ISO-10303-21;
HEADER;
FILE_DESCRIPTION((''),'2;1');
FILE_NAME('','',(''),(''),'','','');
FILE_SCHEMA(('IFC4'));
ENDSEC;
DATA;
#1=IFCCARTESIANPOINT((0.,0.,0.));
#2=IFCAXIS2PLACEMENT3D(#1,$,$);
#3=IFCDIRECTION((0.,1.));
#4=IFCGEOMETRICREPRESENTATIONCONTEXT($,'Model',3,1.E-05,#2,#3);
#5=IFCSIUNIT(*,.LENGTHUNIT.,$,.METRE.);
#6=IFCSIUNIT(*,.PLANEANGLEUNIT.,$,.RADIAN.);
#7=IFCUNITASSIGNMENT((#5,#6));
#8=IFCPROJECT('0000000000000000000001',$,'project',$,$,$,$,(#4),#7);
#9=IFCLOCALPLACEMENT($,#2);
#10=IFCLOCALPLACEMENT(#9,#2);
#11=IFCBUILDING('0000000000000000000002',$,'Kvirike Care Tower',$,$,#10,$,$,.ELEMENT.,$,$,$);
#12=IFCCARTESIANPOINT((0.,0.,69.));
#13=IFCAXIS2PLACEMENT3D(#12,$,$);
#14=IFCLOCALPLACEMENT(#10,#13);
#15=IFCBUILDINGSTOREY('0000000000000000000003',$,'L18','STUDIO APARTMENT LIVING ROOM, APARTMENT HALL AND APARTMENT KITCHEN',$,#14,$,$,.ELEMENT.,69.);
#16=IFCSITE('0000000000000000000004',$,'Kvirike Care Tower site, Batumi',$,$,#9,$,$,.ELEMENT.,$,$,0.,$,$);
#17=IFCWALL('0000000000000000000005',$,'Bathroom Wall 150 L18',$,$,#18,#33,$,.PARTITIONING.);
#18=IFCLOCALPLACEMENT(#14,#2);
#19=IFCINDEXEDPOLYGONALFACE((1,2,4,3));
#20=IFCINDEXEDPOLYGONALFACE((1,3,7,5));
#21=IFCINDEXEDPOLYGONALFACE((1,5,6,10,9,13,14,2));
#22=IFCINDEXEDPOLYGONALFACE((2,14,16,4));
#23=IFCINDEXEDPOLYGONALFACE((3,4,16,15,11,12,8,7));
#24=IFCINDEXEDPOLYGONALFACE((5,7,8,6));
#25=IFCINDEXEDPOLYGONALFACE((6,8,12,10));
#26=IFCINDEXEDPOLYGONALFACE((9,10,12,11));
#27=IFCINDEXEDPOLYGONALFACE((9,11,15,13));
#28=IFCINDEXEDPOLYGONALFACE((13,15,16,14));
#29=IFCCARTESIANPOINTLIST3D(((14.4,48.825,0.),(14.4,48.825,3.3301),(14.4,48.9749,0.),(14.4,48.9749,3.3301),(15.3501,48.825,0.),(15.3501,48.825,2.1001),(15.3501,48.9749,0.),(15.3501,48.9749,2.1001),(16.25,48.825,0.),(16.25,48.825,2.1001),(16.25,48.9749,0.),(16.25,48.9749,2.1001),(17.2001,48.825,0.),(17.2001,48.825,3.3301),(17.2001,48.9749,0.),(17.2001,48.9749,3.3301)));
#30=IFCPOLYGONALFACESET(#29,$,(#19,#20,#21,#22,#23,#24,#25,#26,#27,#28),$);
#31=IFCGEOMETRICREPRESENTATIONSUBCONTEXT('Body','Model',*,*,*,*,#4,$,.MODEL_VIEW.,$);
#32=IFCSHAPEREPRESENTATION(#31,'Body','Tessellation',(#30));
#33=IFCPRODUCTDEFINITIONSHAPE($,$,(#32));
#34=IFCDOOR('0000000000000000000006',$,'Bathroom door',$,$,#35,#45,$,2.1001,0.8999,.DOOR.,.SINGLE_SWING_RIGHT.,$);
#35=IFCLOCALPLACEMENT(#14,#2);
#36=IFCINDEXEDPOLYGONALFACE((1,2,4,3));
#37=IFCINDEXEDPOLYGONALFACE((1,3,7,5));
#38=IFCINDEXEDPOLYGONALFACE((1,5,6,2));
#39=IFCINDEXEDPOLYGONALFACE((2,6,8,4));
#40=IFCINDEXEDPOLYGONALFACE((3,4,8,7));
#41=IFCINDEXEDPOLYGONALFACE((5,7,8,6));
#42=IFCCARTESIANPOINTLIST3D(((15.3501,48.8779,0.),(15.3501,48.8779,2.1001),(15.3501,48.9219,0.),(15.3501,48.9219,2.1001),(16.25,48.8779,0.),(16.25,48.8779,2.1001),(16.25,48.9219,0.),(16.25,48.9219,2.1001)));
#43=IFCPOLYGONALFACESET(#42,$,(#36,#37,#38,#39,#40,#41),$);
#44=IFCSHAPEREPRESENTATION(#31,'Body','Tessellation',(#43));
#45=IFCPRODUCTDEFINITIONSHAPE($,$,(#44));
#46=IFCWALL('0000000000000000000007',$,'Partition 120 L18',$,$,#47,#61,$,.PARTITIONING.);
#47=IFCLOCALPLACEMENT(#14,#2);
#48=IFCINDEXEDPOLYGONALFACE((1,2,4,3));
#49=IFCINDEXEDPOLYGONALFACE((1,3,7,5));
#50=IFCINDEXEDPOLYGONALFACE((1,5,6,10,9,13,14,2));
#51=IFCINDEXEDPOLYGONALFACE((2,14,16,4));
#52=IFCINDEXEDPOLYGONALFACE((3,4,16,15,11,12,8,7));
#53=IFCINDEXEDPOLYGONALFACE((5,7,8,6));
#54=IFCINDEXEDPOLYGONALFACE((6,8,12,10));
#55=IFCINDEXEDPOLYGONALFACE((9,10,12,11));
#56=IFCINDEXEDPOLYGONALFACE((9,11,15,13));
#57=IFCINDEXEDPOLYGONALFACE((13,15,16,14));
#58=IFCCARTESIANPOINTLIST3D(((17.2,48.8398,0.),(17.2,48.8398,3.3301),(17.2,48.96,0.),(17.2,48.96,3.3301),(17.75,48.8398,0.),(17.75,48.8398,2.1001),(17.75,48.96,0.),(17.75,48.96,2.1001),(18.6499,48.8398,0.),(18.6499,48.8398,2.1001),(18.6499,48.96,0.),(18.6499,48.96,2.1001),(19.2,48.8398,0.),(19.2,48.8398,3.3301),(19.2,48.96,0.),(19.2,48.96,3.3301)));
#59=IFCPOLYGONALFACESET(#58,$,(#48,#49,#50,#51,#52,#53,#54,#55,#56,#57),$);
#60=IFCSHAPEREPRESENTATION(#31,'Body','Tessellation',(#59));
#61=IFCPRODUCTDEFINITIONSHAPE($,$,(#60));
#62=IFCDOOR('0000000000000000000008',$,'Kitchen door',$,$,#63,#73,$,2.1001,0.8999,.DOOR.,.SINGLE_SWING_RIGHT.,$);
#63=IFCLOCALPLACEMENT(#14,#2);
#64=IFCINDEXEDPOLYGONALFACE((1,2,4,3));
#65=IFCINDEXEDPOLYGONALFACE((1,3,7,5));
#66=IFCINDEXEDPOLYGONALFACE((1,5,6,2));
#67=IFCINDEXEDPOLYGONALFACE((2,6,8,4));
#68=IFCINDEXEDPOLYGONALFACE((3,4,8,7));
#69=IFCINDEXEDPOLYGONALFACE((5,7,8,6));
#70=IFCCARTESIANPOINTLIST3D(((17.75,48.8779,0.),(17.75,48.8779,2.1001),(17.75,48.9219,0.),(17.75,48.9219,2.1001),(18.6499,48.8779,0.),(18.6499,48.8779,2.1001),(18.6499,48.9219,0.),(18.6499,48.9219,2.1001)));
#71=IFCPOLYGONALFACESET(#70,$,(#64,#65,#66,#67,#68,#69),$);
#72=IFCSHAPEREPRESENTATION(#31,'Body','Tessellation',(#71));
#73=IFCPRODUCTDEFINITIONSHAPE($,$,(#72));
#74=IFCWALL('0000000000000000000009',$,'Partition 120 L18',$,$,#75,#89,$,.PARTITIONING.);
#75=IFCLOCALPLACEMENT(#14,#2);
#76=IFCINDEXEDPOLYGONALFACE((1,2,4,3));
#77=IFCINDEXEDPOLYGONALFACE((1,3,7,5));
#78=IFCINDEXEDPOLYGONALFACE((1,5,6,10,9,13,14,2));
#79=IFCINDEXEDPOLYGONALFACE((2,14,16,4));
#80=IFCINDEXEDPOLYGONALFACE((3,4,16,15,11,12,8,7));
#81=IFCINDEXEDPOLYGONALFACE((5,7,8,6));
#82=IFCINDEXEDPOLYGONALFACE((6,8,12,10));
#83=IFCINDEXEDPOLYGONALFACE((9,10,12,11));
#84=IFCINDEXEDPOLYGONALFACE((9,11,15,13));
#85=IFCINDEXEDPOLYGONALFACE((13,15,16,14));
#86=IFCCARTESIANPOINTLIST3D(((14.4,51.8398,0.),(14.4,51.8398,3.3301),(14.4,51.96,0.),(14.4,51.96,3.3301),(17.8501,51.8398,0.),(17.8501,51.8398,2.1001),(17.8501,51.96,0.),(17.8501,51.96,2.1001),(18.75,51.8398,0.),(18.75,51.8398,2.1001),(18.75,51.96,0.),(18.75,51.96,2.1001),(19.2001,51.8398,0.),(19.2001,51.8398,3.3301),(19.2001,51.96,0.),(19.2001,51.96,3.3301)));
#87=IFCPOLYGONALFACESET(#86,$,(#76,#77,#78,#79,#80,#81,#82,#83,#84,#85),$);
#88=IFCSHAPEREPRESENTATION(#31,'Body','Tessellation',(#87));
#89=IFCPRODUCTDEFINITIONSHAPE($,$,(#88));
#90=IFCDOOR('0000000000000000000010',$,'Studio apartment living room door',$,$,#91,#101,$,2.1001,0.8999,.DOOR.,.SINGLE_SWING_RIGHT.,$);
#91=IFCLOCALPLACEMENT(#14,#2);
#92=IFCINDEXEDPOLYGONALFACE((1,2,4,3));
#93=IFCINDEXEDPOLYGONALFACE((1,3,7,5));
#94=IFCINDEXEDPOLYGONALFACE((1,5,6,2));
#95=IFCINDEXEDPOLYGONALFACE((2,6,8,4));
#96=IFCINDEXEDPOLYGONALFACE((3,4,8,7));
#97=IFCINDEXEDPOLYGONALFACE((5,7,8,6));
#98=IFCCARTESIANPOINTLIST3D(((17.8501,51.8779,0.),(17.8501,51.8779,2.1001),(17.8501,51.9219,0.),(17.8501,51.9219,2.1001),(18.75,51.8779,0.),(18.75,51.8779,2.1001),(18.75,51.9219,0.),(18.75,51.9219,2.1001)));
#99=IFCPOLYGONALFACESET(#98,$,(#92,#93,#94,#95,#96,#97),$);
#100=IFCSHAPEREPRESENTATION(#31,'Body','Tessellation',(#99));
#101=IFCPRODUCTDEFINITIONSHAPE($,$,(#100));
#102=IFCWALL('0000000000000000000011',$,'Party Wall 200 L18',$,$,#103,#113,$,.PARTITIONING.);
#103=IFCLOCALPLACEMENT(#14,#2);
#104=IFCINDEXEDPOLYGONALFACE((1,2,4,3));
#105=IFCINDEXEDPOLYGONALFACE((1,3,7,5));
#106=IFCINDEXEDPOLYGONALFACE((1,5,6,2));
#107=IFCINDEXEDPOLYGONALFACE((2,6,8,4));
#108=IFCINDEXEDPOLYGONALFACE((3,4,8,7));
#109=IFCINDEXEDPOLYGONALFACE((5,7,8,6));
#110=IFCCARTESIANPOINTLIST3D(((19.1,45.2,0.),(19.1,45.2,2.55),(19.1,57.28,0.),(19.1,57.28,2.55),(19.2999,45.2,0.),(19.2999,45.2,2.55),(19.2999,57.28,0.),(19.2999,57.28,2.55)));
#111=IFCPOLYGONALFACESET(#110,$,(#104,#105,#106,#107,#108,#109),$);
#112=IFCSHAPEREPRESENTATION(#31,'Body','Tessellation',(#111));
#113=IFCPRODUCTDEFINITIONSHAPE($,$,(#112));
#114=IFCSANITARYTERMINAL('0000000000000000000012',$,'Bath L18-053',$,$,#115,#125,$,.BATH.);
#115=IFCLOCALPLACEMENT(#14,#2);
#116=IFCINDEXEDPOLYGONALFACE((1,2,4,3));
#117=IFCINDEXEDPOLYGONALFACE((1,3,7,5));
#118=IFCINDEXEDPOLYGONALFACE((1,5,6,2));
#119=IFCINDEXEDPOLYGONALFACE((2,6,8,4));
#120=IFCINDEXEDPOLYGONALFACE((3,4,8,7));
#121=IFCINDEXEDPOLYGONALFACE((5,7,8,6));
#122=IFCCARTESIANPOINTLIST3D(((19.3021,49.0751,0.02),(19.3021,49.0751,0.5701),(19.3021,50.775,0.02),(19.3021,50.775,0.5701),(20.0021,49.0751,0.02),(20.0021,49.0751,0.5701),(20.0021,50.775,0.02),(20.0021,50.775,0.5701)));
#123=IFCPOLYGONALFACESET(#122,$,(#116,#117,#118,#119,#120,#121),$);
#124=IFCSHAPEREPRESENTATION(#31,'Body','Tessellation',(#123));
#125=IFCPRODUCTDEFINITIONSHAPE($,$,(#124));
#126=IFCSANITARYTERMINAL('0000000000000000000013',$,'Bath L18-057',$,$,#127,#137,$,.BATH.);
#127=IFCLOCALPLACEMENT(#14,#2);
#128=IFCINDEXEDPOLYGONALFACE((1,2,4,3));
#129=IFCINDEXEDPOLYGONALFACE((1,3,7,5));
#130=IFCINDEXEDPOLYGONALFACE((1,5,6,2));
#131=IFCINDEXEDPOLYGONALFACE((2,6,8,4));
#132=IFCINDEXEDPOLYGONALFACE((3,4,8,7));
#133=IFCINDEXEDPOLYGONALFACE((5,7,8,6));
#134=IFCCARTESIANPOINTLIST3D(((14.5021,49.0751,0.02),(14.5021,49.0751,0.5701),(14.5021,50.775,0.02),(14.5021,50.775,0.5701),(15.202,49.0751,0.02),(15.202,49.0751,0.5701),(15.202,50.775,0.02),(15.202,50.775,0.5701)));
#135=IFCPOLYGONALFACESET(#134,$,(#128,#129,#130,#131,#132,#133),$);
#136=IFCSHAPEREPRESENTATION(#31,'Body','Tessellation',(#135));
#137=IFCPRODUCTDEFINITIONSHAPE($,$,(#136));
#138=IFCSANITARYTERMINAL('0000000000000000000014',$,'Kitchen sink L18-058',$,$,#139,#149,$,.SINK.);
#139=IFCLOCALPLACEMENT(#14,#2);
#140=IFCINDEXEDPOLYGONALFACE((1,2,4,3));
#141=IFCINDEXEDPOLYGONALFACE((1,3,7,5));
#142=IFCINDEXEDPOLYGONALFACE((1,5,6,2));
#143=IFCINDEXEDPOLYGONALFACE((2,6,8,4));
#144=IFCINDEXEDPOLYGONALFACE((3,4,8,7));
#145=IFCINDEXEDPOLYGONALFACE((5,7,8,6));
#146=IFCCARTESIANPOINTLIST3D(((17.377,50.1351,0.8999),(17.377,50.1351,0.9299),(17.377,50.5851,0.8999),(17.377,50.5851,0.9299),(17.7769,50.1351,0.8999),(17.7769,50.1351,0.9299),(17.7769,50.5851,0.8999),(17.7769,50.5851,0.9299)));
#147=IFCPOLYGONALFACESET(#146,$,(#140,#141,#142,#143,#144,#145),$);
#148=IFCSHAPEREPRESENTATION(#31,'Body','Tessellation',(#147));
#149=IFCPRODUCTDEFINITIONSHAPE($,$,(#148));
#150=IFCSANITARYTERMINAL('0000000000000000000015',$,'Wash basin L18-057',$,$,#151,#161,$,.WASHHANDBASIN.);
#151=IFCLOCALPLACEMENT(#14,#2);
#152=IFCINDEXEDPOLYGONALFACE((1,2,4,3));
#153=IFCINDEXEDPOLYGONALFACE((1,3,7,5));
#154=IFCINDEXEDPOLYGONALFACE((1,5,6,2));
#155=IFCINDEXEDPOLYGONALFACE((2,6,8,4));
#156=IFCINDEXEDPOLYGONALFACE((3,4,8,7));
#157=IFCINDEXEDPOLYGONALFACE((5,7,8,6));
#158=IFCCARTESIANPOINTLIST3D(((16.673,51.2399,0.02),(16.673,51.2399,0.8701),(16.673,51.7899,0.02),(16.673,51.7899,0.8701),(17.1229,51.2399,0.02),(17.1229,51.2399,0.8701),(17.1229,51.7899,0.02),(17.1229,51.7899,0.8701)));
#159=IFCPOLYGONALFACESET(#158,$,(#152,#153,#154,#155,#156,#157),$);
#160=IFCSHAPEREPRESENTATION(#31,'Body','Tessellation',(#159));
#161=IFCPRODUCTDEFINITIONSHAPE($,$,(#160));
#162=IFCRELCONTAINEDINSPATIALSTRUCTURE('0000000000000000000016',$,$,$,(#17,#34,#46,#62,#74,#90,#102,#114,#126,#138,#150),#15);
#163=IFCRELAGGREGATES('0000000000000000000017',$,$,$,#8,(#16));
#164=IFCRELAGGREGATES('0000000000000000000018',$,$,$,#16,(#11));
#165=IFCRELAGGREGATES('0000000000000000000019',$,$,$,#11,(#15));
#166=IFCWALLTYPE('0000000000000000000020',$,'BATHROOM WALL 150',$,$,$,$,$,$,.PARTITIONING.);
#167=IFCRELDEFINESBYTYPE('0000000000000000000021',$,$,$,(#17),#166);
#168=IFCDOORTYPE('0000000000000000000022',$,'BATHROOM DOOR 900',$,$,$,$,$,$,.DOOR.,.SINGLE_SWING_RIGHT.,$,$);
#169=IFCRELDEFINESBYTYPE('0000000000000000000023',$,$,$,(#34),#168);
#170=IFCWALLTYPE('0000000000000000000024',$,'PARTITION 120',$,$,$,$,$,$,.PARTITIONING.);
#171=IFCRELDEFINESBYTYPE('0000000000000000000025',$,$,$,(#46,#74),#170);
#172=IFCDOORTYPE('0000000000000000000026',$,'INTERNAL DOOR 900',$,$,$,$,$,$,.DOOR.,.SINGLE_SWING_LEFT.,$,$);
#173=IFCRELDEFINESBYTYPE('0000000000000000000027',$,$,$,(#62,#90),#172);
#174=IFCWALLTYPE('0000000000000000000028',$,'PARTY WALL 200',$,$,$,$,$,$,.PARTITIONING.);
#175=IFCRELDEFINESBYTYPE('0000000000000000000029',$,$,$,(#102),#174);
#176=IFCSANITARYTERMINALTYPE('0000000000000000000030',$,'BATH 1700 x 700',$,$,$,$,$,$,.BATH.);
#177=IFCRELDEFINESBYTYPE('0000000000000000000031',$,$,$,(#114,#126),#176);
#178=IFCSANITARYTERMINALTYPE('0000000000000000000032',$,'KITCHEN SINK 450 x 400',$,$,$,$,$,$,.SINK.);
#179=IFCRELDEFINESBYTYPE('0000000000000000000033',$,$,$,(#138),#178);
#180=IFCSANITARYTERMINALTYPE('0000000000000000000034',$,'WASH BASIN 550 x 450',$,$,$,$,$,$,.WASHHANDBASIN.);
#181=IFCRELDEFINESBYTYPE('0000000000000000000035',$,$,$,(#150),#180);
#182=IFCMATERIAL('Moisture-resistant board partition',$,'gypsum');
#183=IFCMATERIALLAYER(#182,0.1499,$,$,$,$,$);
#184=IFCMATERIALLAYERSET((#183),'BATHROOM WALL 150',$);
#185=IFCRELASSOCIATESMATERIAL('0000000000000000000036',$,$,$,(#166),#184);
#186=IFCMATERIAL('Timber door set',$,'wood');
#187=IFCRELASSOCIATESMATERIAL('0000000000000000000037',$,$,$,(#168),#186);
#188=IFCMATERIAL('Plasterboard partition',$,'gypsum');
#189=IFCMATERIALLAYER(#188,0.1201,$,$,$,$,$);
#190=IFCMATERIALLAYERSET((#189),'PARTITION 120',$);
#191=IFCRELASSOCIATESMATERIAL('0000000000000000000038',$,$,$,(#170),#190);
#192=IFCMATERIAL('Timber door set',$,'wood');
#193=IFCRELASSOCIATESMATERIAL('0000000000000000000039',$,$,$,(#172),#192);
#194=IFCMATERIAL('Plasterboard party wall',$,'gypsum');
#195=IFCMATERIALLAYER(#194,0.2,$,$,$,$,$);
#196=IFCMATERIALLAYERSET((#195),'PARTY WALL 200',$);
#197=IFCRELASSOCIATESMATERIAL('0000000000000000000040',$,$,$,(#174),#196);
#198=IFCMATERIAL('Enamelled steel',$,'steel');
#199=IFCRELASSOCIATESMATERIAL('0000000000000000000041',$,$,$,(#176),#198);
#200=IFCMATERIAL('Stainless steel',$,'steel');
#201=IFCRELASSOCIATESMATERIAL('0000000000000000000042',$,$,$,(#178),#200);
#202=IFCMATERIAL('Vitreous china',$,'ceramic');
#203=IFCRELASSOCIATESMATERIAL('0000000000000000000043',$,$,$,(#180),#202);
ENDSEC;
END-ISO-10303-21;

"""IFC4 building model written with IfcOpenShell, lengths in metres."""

from ifc_helpers import new_model, si_unit, direction, frame, frame_2d, origin, origin_2d, place, context, subcontext, project, spatial, rectangle, extrude, material, layer, layer_set, type_object, element, fill, save


model = new_model("IFC4")

# Units and contexts
model_context = context("Model", 3, precision=1e-05, world=origin(), true_north=direction((0.0, 1.0)))
body_context = subcontext(model_context, "Body", "Model", "MODEL_VIEW")
ifc_project = project(units=[si_unit("LENGTHUNIT", "METRE"), si_unit("PLANEANGLEUNIT", "RADIAN")], contexts=[model_context])

# Site, building, storey
site_placement = place(None, origin())
site = spatial("IfcSite", under=ifc_project, at=site_placement, Name="Kvirike Care Tower site, Batumi", CompositionType="ELEMENT", RefElevation=0.0)
building_placement = place(site_placement, origin())
building = spatial("IfcBuilding", under=site, at=building_placement, Name="Kvirike Care Tower", CompositionType="ELEMENT")
storey_placement = place(building_placement, frame((0.0, 0.0, 69.0)))
storey = spatial("IfcBuildingStorey", under=building, at=storey_placement, Name="L18", Description="STUDIO APARTMENT LIVING ROOM, APARTMENT HALL AND APARTMENT KITCHEN", CompositionType="ELEMENT", Elevation=69.0)

# Shared definitions
ifc_material_1 = material(Name="Moisture-resistant board partition", Category="gypsum")
ifc_layer_1 = layer(ifc_material_1, 0.1499)
ifc_layer_set_1 = layer_set([ifc_layer_1], Name="BATHROOM WALL 150")
wall_type_1 = type_object("IfcWallType", Name="BATHROOM WALL 150", PredefinedType="PARTITIONING", material=ifc_layer_set_1)

# Walls, openings, doors
wall_1_placement = place(storey_placement, frame((17.2, 48.8999, 0.0), z_axis=(0.0, 0.0, 1.0), x_axis=(-1.0, 0.0, 0.0)))
wall_1 = element("IfcWall", 1, at=wall_1_placement, inside=storey, type_object=wall_type_1, Name="Bathroom Wall 150 L18", PredefinedType="PARTITIONING", context=body_context, shape_type="SweptSolid", body=[
    extrude(rectangle(XDim=2.8, YDim=0.1499, at=frame_2d((1.3999, 0.0))), origin(), (0.0, 0.0, 1.0), 3.3301),
])
opening_1_placement = place(wall_1_placement, frame((0.95, 0.0, 0.0)))
opening_1 = element("IfcOpeningElement", 2, at=opening_1_placement, cuts=wall_1, PredefinedType="OPENING", context=body_context, shape_type="SweptSolid", body=[
    extrude(rectangle(XDim=0.8999, YDim=2.1001, at=frame_2d((0.45, 1.05))), frame((0.0, 0.0854, 0.0), z_axis=(0.0, -1.0, 0.0), x_axis=(1.0, 0.0, 0.0)), (0.0, 0.0, 1.0), 0.1709),
])
ifc_material_2 = material(Name="Timber door set", Category="wood")
door_type_1 = type_object("IfcDoorType", Name="BATHROOM DOOR 900", OperationType="SINGLE_SWING_RIGHT", PredefinedType="DOOR", material=ifc_material_2)
door_1_placement = place(opening_1_placement, frame((0.8999, 0.0, 0.0), z_axis=(0.0, 0.0, 1.0), x_axis=(-1.0, 0.0, 0.0)))
door_1 = element("IfcDoor", 3, at=door_1_placement, inside=storey, type_object=door_type_1, Name="Bathroom door", OperationType="SINGLE_SWING_RIGHT", OverallHeight=2.1001, OverallWidth=0.8999, PredefinedType="DOOR", context=body_context, shape_type="SweptSolid", body=[
    extrude(rectangle(XDim=0.8999, YDim=2.1001, at=frame_2d((0.45, 1.05))), frame((0.0, 0.022, 0.0), z_axis=(0.0, -1.0, 0.0), x_axis=(1.0, 0.0, 0.0)), (0.0, 0.0, 1.0), 0.0439),
])
fill(opening_1, door_1)
ifc_material_3 = material(Name="Plasterboard partition", Category="gypsum")
ifc_layer_2 = layer(ifc_material_3, 0.1201)
ifc_layer_set_2 = layer_set([ifc_layer_2], Name="PARTITION 120")
wall_type_2 = type_object("IfcWallType", Name="PARTITION 120", PredefinedType="PARTITIONING", material=ifc_layer_set_2)
wall_2_placement = place(storey_placement, frame((19.2, 48.8999, 0.0), z_axis=(0.0, 0.0, 1.0), x_axis=(-1.0, 0.0, 0.0)))
wall_2 = element("IfcWall", 4, at=wall_2_placement, inside=storey, type_object=wall_type_2, Name="Partition 120 L18", PredefinedType="PARTITIONING", context=body_context, shape_type="SweptSolid", body=[
    extrude(rectangle(XDim=2.0, YDim=0.1201, at=frame_2d((1.0, 0.0))), origin(), (0.0, 0.0, 1.0), 3.3301),
])
opening_2_placement = place(wall_2_placement, frame((0.55, 0.0, 0.0)))
opening_2 = element("IfcOpeningElement", 5, at=opening_2_placement, cuts=wall_2, PredefinedType="OPENING", context=body_context, shape_type="SweptSolid", body=[
    extrude(rectangle(XDim=0.8999, YDim=2.1001, at=frame_2d((0.45, 1.05))), frame((0.0, 0.0706, 0.0), z_axis=(0.0, -1.0, 0.0), x_axis=(1.0, 0.0, 0.0)), (0.0, 0.0, 1.0), 0.1411),
])
ifc_material_4 = material(Name="Timber door set", Category="wood")
door_type_2 = type_object("IfcDoorType", Name="INTERNAL DOOR 900", OperationType="SINGLE_SWING_LEFT", PredefinedType="DOOR", material=ifc_material_4)
door_2_placement = place(opening_2_placement, frame((0.8999, 0.0, 0.0), z_axis=(0.0, 0.0, 1.0), x_axis=(-1.0, 0.0, 0.0)))
door_2 = element("IfcDoor", 6, at=door_2_placement, inside=storey, type_object=door_type_2, Name="Kitchen door", OperationType="SINGLE_SWING_RIGHT", OverallHeight=2.1001, OverallWidth=0.8999, PredefinedType="DOOR", context=body_context, shape_type="SweptSolid", body=[
    extrude(rectangle(XDim=0.8999, YDim=2.1001, at=frame_2d((0.45, 1.05))), frame((0.0, 0.022, 0.0), z_axis=(0.0, -1.0, 0.0), x_axis=(1.0, 0.0, 0.0)), (0.0, 0.0, 1.0), 0.0439),
])
fill(opening_2, door_2)
wall_3_placement = place(storey_placement, frame((19.2, 51.8999, 0.0), z_axis=(0.0, 0.0, 1.0), x_axis=(-1.0, 0.0, 0.0)))
wall_3 = element("IfcWall", 7, at=wall_3_placement, inside=storey, type_object=wall_type_2, Name="Partition 120 L18", PredefinedType="PARTITIONING", context=body_context, shape_type="SweptSolid", body=[
    extrude(rectangle(XDim=4.8, YDim=0.1201, at=frame_2d((2.3999, 0.0))), origin(), (0.0, 0.0, 1.0), 3.3301),
])
opening_3_placement = place(wall_3_placement, frame((0.45, 0.0, 0.0)))
opening_3 = element("IfcOpeningElement", 8, at=opening_3_placement, cuts=wall_3, PredefinedType="OPENING", context=body_context, shape_type="SweptSolid", body=[
    extrude(rectangle(XDim=0.8999, YDim=2.1001, at=frame_2d((0.45, 1.05))), frame((0.0, 0.0706, 0.0), z_axis=(0.0, -1.0, 0.0), x_axis=(1.0, 0.0, 0.0)), (0.0, 0.0, 1.0), 0.1411),
])
door_3_placement = place(opening_3_placement, origin())
door_3 = element("IfcDoor", 9, at=door_3_placement, inside=storey, type_object=door_type_2, Name="Studio apartment living room door", OperationType="SINGLE_SWING_RIGHT", OverallHeight=2.1001, OverallWidth=0.8999, PredefinedType="DOOR", context=body_context, shape_type="SweptSolid", body=[
    extrude(rectangle(XDim=0.8999, YDim=2.1001, at=frame_2d((0.45, 1.05))), frame((0.0, 0.022, 0.0), z_axis=(0.0, -1.0, 0.0), x_axis=(1.0, 0.0, 0.0)), (0.0, 0.0, 1.0), 0.0439),
])
fill(opening_3, door_3)

# Wall
ifc_material_5 = material(Name="Plasterboard party wall", Category="gypsum")
ifc_layer_3 = layer(ifc_material_5, 0.2)
ifc_layer_set_3 = layer_set([ifc_layer_3], Name="PARTY WALL 200")
wall_type_3 = type_object("IfcWallType", Name="PARTY WALL 200", PredefinedType="PARTITIONING", material=ifc_layer_set_3)
wall_4_placement = place(storey_placement, frame((19.2, 57.28, 0.0), z_axis=(0.0, 0.0, 1.0), x_axis=(0.0, -1.0, 0.0)))
element("IfcWall", 10, at=wall_4_placement, inside=storey, type_object=wall_type_3, Name="Party Wall 200 L18", PredefinedType="PARTITIONING", context=body_context, shape_type="SweptSolid", body=[
    extrude(rectangle(XDim=12.0801, YDim=0.2, at=frame_2d((6.04, 0.0))), origin(), (0.0, 0.0, 1.0), 2.55),
])

# Sanitary terminals
ifc_material_6 = material(Name="Enamelled steel", Category="steel")
sanitary_terminal_type_1 = type_object("IfcSanitaryTerminalType", Name="BATH 1700 x 700", PredefinedType="BATH", material=ifc_material_6)
for number, where, z_axis, x_axis, name in (
    (11, (19.6521, 49.925, 0.02), (0.0, 0.0, 1.0), (0.0, 1.0, 0.0), "Bath L18-053"),
    (12, (14.8521, 49.925, 0.02), (0.0, 0.0, 1.0), (0.0, 1.0, 0.0), "Bath L18-057"),
):
    element("IfcSanitaryTerminal", number, at=place(storey_placement, frame(where, z_axis=z_axis, x_axis=x_axis)), inside=storey, type_object=sanitary_terminal_type_1, Name=name, PredefinedType="BATH", context=body_context, shape_type="SweptSolid", body=[
        extrude(rectangle(XDim=1.7, YDim=0.7, at=origin_2d()), origin(), (0.0, 0.0, 1.0), 0.55),
    ])
ifc_material_7 = material(Name="Stainless steel", Category="steel")
sanitary_terminal_type_2 = type_object("IfcSanitaryTerminalType", Name="KITCHEN SINK 450 x 400", PredefinedType="SINK", material=ifc_material_7)
sanitary_terminal_1_placement = place(storey_placement, frame((17.5769, 50.3601, 0.8999), z_axis=(0.0, 0.0, 1.0), x_axis=(0.0, 1.0, 0.0)))
element("IfcSanitaryTerminal", 13, at=sanitary_terminal_1_placement, inside=storey, type_object=sanitary_terminal_type_2, Name="Kitchen sink L18-058", PredefinedType="SINK", context=body_context, shape_type="SweptSolid", body=[
    extrude(rectangle(XDim=0.45, YDim=0.3999, at=origin_2d()), origin(), (0.0, 0.0, 1.0), 0.03),
])
ifc_material_8 = material(Name="Vitreous china", Category="ceramic")
sanitary_terminal_type_3 = type_object("IfcSanitaryTerminalType", Name="WASH BASIN 550 x 450", PredefinedType="WASHHANDBASIN", material=ifc_material_8)
sanitary_terminal_2_placement = place(storey_placement, frame((16.8979, 51.5149, 0.02), z_axis=(0.0, 0.0, 1.0), x_axis=(0.0, -1.0, 0.0)))
element("IfcSanitaryTerminal", 14, at=sanitary_terminal_2_placement, inside=storey, type_object=sanitary_terminal_type_3, Name="Wash basin L18-057", PredefinedType="WASHHANDBASIN", context=body_context, shape_type="SweptSolid", body=[
    extrude(rectangle(XDim=0.55, YDim=0.45, at=origin_2d()), origin(), (0.0, 0.0, 1.0), 0.8501),
])

save(model, "model.ifc")
